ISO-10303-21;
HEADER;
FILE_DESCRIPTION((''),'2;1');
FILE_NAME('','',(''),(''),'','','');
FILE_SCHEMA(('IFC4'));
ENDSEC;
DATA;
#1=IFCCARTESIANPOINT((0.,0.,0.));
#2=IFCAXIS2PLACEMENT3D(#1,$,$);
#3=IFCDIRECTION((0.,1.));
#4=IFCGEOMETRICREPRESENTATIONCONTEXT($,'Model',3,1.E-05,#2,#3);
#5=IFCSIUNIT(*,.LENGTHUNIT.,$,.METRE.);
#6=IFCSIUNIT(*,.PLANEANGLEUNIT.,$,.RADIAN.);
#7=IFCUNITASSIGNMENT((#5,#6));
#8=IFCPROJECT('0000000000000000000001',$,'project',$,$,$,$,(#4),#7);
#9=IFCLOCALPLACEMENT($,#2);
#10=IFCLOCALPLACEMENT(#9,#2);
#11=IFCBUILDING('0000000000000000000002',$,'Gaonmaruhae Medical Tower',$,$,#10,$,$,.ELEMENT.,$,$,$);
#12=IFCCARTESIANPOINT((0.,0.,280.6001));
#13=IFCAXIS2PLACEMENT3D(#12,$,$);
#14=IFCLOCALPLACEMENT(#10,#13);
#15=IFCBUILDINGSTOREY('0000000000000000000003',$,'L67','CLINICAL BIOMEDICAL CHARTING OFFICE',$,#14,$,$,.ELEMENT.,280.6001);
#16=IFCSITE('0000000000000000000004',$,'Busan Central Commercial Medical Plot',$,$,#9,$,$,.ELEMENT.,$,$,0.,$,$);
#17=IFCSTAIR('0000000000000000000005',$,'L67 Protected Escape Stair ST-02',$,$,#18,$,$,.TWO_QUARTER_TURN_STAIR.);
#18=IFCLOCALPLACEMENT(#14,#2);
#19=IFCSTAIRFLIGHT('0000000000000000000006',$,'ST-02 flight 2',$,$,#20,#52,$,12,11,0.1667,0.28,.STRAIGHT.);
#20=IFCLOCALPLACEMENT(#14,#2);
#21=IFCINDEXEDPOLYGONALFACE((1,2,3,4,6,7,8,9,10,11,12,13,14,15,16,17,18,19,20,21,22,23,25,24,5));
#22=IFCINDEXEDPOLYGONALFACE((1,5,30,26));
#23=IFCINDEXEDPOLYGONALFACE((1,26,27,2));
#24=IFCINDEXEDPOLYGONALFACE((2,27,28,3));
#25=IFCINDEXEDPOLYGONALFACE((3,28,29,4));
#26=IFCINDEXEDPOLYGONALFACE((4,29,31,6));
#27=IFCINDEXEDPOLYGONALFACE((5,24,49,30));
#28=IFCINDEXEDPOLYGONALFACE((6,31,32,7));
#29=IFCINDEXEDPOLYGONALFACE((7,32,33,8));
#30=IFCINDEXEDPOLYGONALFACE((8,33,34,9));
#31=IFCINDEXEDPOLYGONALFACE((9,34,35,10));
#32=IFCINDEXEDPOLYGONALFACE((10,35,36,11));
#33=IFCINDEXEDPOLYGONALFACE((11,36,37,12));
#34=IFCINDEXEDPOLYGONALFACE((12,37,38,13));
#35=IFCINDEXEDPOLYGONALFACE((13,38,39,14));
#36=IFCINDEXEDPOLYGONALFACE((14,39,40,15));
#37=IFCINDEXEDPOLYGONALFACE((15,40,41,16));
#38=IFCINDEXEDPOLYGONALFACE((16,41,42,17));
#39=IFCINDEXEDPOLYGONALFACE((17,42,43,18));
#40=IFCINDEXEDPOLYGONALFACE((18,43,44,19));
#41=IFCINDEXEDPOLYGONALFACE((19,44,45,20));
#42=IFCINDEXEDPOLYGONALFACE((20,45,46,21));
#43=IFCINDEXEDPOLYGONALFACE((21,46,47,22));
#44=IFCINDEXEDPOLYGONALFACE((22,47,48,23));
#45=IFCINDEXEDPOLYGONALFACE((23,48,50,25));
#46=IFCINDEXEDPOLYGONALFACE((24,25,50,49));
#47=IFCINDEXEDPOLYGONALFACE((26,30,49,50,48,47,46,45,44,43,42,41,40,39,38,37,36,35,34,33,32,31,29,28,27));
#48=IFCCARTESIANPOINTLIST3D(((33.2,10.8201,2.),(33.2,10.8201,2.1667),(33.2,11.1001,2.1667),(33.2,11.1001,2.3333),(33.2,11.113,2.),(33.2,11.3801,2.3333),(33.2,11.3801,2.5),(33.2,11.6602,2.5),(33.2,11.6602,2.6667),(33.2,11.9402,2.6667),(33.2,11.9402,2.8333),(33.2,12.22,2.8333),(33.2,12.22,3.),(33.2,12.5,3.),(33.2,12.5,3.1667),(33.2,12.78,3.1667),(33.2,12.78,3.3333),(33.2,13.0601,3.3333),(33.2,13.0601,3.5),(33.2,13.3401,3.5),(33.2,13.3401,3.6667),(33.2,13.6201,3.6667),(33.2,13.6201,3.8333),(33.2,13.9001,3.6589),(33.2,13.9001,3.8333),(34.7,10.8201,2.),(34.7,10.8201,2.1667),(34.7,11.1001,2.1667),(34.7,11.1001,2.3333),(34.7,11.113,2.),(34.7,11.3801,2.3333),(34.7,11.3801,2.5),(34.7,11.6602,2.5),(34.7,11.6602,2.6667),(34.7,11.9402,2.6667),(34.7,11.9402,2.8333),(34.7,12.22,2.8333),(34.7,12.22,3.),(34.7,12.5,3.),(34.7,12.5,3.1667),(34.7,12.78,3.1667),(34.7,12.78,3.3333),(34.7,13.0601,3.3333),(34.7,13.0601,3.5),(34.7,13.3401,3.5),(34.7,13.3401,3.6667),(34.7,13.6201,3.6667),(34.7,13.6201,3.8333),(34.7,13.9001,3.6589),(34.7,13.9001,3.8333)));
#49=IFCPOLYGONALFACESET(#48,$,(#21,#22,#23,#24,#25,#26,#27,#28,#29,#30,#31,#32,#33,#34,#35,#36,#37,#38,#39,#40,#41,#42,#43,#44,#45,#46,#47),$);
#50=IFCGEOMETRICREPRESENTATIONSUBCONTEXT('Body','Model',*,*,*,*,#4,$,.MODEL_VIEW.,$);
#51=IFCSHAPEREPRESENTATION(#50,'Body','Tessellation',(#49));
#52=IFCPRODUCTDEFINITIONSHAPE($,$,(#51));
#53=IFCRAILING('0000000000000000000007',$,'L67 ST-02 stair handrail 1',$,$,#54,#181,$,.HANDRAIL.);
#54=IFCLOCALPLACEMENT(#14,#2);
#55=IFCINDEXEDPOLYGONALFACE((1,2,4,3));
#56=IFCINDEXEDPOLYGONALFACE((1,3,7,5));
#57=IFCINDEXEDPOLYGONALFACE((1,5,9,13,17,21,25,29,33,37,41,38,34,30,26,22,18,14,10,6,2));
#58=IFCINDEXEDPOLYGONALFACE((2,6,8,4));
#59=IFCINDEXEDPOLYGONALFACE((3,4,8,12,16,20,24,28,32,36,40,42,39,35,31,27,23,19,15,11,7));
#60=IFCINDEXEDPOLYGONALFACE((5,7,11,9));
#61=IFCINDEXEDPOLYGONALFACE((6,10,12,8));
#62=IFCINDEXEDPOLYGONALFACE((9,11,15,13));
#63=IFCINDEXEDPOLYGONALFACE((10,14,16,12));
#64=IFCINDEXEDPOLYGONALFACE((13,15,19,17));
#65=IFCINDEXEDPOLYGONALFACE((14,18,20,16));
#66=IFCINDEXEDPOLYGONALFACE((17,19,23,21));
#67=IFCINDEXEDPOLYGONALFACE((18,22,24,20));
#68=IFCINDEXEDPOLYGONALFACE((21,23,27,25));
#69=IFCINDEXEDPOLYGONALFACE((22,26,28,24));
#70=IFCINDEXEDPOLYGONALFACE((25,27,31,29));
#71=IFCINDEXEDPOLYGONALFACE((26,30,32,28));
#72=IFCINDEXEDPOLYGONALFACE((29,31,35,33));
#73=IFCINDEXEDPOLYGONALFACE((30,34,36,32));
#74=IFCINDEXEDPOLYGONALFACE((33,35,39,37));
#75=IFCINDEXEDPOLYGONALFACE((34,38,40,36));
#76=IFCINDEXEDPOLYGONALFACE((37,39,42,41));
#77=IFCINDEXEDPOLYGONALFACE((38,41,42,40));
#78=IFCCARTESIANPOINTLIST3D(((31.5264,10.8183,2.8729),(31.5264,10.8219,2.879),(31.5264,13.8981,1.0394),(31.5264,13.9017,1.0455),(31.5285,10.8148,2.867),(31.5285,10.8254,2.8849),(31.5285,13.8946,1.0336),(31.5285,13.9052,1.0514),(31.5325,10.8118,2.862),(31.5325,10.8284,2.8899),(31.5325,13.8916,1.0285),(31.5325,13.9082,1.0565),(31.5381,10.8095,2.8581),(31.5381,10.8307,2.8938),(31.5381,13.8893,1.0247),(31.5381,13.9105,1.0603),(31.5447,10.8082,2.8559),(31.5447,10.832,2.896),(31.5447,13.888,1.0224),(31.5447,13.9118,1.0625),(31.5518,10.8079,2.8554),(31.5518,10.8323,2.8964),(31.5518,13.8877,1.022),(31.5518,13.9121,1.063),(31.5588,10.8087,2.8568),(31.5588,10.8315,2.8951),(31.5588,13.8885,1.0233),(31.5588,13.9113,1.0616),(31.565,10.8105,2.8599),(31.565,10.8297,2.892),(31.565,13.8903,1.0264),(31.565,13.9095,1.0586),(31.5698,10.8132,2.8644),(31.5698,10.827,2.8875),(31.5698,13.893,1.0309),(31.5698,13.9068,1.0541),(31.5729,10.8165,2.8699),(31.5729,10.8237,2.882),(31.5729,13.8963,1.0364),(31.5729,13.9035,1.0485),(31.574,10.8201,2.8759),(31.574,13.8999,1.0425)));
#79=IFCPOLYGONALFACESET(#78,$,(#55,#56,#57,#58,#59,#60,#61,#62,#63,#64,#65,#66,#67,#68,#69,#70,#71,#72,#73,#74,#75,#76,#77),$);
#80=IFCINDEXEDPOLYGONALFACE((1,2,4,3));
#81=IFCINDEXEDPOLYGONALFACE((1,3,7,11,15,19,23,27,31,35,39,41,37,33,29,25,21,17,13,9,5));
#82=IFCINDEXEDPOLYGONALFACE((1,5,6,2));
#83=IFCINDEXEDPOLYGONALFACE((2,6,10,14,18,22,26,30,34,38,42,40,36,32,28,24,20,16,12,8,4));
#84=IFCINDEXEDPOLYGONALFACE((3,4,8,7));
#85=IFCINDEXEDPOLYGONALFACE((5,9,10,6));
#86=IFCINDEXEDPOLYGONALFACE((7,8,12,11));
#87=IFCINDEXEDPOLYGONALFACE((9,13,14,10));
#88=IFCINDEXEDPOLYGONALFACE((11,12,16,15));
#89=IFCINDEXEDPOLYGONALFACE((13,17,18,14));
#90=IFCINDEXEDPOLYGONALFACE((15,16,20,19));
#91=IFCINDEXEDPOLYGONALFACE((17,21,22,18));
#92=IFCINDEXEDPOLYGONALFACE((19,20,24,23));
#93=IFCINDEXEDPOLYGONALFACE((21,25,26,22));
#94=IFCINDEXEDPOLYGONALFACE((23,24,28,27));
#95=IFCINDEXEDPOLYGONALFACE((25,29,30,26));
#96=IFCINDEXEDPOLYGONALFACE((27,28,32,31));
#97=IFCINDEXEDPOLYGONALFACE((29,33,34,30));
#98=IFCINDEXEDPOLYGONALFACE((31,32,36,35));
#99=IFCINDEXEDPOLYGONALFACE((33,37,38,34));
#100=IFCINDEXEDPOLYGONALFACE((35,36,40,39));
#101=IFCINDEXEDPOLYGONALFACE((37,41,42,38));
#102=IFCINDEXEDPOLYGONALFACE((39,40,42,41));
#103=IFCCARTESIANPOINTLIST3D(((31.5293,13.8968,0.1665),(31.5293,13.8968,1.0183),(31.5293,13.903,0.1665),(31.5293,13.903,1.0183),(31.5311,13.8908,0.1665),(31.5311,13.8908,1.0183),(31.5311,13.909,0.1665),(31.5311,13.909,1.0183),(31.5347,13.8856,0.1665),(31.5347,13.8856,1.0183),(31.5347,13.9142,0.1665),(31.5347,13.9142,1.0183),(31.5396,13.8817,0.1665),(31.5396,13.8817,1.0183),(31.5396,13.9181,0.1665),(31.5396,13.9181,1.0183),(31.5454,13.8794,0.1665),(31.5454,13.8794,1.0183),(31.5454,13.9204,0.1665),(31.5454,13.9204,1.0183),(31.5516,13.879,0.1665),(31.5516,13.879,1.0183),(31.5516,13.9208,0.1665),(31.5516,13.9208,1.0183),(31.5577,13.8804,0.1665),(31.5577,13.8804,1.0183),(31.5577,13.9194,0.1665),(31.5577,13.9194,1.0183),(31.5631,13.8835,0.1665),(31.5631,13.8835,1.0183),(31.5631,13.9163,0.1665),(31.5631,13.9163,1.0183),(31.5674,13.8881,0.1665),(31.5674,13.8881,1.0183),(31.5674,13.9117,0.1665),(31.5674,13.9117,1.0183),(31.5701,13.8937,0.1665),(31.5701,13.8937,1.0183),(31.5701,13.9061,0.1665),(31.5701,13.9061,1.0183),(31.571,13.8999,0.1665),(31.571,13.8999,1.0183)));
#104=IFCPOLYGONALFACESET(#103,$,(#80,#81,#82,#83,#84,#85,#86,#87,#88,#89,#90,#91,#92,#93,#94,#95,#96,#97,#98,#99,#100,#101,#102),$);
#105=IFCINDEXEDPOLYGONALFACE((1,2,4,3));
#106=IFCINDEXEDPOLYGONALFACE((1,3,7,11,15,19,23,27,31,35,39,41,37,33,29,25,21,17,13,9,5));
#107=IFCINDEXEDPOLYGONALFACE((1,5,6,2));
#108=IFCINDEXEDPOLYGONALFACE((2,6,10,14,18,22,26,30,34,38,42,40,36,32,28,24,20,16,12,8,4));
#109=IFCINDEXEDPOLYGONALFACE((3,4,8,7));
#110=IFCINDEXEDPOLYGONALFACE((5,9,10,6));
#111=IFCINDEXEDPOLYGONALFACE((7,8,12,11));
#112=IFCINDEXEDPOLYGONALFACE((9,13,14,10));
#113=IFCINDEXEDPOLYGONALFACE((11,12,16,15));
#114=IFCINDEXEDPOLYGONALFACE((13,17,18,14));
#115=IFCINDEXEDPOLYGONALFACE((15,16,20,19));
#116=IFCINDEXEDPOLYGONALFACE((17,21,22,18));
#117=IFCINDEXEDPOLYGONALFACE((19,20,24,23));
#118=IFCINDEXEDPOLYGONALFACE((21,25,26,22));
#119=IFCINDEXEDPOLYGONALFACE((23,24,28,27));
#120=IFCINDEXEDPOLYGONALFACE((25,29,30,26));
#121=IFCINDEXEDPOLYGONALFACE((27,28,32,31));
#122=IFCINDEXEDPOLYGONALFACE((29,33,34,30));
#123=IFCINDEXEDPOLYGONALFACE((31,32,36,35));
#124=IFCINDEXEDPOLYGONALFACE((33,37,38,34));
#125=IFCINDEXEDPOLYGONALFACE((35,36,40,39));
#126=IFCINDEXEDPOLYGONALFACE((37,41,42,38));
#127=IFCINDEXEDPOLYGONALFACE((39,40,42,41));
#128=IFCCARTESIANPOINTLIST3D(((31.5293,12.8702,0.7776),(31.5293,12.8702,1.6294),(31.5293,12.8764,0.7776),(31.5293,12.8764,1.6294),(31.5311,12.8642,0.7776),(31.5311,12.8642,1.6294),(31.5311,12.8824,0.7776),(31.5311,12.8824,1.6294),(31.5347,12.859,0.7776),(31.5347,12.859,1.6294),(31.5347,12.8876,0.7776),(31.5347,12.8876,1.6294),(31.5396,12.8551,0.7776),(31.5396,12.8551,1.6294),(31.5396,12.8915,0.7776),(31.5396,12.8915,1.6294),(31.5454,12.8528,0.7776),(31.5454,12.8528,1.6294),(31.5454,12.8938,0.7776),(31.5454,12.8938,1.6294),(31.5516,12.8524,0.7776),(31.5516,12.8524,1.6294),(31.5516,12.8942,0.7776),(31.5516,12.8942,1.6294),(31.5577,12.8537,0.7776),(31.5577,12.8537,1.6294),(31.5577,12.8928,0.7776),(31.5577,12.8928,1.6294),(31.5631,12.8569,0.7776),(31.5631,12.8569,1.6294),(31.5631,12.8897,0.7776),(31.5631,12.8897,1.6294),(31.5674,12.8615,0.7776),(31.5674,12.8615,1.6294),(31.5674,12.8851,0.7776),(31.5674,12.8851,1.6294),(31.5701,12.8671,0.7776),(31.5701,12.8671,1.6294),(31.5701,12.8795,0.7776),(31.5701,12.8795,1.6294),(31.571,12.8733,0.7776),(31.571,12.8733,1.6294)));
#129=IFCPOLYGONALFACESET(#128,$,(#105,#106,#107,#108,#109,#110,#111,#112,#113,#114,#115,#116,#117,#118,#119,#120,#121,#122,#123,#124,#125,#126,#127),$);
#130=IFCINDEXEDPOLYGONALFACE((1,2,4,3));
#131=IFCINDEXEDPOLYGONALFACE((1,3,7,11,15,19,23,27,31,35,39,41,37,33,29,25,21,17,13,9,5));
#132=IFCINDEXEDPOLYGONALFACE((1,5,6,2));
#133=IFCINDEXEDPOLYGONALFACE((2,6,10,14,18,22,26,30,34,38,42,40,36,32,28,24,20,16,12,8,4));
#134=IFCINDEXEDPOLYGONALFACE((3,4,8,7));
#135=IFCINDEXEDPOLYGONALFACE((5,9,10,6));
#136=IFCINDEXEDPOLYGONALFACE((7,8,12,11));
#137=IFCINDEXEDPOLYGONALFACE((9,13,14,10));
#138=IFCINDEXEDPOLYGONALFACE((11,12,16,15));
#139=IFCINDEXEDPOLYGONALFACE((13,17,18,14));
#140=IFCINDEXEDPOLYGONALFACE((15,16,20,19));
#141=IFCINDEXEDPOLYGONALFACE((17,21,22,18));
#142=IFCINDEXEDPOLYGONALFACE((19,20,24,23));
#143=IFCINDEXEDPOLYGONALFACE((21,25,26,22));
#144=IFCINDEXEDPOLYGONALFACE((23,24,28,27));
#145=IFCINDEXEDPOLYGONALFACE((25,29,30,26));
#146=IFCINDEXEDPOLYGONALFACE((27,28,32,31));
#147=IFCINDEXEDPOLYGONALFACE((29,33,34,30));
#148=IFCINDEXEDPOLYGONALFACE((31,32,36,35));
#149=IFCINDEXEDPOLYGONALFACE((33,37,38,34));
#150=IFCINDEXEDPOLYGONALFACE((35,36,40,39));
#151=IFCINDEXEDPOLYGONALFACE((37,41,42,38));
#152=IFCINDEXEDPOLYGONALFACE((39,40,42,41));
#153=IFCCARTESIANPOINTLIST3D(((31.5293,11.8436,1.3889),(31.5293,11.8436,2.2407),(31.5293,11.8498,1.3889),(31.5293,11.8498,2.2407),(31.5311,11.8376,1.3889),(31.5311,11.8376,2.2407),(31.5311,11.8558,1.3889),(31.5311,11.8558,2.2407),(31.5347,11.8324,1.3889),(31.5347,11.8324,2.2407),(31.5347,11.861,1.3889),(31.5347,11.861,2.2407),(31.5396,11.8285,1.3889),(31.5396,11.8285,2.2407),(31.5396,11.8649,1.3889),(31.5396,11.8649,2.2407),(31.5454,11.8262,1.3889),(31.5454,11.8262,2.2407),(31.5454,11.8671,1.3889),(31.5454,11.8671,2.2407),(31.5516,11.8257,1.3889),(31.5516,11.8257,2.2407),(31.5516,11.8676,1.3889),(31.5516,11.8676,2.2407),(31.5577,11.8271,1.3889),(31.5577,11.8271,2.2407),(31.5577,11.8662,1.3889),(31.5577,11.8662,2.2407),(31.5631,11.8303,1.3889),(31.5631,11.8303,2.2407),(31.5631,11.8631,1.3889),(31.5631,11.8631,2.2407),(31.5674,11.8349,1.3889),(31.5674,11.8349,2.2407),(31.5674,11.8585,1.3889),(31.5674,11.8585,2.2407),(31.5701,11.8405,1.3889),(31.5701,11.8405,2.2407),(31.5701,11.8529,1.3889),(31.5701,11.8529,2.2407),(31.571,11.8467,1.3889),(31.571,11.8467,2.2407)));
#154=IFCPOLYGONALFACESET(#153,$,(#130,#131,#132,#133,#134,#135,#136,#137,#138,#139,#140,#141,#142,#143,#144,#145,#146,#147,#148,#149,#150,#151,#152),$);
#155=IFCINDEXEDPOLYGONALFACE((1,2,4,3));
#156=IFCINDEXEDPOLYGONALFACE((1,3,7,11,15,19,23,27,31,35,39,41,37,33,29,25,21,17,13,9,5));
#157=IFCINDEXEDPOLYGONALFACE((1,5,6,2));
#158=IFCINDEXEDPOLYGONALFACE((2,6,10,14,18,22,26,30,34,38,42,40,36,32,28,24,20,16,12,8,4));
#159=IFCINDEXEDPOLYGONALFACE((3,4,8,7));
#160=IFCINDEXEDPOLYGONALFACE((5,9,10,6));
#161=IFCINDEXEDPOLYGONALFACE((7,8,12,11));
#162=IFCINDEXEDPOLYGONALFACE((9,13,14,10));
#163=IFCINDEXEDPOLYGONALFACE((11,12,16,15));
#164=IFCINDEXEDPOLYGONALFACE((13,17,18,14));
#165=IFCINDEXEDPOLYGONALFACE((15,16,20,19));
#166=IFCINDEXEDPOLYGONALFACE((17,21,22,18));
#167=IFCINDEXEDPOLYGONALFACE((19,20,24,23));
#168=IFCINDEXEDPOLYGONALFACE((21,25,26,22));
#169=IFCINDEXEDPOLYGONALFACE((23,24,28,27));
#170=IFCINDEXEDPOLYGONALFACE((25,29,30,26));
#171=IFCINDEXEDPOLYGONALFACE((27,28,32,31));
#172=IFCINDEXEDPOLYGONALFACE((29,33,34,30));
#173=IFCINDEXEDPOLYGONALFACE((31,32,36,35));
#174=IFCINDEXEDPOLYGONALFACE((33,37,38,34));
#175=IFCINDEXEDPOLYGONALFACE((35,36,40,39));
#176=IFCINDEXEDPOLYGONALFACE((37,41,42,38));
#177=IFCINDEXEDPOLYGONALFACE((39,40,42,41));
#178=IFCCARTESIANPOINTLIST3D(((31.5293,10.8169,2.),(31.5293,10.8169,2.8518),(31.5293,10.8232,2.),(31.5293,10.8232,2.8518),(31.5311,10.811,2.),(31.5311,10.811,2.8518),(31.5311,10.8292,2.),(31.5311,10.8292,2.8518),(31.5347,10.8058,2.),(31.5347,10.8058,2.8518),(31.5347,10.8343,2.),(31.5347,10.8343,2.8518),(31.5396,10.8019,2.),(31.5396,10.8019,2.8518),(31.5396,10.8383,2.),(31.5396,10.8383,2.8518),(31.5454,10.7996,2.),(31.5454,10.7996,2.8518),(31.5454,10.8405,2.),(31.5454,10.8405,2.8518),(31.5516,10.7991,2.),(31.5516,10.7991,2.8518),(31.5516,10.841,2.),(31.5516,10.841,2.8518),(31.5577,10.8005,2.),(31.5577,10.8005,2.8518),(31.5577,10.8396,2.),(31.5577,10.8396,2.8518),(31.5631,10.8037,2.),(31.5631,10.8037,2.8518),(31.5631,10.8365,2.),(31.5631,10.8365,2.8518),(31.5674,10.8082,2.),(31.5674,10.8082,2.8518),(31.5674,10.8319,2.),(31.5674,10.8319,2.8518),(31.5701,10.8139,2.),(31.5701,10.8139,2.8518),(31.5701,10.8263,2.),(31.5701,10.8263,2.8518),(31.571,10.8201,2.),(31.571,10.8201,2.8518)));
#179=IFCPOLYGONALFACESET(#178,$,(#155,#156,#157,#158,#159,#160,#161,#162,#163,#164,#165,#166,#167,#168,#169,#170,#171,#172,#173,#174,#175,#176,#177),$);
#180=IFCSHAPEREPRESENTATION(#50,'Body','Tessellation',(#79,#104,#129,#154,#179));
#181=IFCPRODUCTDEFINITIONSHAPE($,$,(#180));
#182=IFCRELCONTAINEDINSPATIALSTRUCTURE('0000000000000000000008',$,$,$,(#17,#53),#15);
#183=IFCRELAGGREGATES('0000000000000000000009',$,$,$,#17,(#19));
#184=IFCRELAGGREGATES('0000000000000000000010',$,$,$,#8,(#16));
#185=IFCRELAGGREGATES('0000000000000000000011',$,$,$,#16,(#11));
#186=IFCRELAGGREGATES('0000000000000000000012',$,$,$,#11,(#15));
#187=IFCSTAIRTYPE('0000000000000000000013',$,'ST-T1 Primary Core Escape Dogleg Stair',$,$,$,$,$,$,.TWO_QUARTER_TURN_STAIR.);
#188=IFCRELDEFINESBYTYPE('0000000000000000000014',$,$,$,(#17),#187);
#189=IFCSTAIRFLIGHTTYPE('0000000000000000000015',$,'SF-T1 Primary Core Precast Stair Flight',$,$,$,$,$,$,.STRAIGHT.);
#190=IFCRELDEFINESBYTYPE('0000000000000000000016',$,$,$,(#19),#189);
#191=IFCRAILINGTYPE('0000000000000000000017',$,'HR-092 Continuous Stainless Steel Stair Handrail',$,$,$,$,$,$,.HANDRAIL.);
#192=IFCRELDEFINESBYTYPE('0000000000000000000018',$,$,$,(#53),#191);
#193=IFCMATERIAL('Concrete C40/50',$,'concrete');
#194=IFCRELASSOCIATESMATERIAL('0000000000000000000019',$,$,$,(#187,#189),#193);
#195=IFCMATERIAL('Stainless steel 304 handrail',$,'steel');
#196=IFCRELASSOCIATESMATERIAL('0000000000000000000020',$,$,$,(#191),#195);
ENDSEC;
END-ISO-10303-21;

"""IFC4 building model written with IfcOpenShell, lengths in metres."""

from ifc_helpers import new_model, si_unit, direction, frame, origin, origin_2d, place, context, subcontext, project, spatial, polyline, circle, outline, extrude, material, type_object, element, aggregate, save


model = new_model("IFC4")

# Units and contexts
model_context = context("Model", 3, precision=1e-05, world=origin(), true_north=direction((0.0, 1.0)))
body_context = subcontext(model_context, "Body", "Model", "MODEL_VIEW")
ifc_project = project(units=[si_unit("LENGTHUNIT", "METRE"), si_unit("PLANEANGLEUNIT", "RADIAN")], contexts=[model_context])

# Site, building, storey
site_placement = place(None, origin())
site = spatial("IfcSite", under=ifc_project, at=site_placement, Name="Busan Central Commercial Medical Plot", CompositionType="ELEMENT", RefElevation=0.0)
building_placement = place(site_placement, origin())
building = spatial("IfcBuilding", under=site, at=building_placement, Name="Gaonmaruhae Medical Tower", CompositionType="ELEMENT")
storey_placement = place(building_placement, frame((0.0, 0.0, 280.6001)))
storey = spatial("IfcBuildingStorey", under=building, at=storey_placement, Name="L67", Description="CLINICAL BIOMEDICAL CHARTING OFFICE", CompositionType="ELEMENT", Elevation=280.6001)

# Stair, stair flight
ifc_material_1 = material(Name="Concrete C40/50", Category="concrete")
stair_type = type_object("IfcStairType", Name="ST-T1 Primary Core Escape Dogleg Stair", PredefinedType="TWO_QUARTER_TURN_STAIR", material=ifc_material_1)
stair_placement = place(storey_placement, origin())
stair = element("IfcStair", 1, at=stair_placement, inside=storey, type_object=stair_type, Name="L67 Protected Escape Stair ST-02", PredefinedType="TWO_QUARTER_TURN_STAIR")
stair_flight_type = type_object("IfcStairFlightType", Name="SF-T1 Primary Core Precast Stair Flight", PredefinedType="STRAIGHT", material=ifc_material_1)
stair_flight_1_placement = place(storey_placement, frame((33.95, 10.8201, 2.0), z_axis=(0.0, 0.0, 1.0), x_axis=(0.0, 1.0, 0.0)))
stair_flight_1 = element("IfcStairFlight", 2, at=stair_flight_1_placement, type_object=stair_flight_type, Name="ST-02 flight 2", NumberOfRisers=12, NumberOfTreads=11, PredefinedType="STRAIGHT", RiserHeight=0.1667, TreadLength=0.28, context=body_context, shape_type="SweptSolid", body=[
    extrude(outline(polyline([(0.0, 0.0), (0.0, 0.1667), (0.28, 0.1667), (0.28, 0.3333), (0.5601, 0.3333), (0.5601, 0.5), (0.8401, 0.5), (0.8401, 0.6667), (1.1201, 0.6667), (1.1201, 0.8333), (1.3999, 0.8333), (1.3999, 1.0), (1.6799, 1.0), (1.6799, 1.1667), (1.96, 1.1667), (1.96, 1.3333), (2.24, 1.3333), (2.24, 1.5), (2.52, 1.5), (2.52, 1.6667), (2.8, 1.6667), (2.8, 1.8333), (3.0801, 1.8333), (3.0801, 2.0), (3.0801, 1.6589), (0.293, 0.0), (0.0, 0.0)])), frame((0.0, 0.75, 0.0), z_axis=(0.0, -1.0, 0.0), x_axis=(1.0, 0.0, 0.0)), (0.0, 0.0, 1.0), 1.5),
])
aggregate(stair, [stair_flight_1])

# Railing
ifc_material_2 = material(Name="Stainless steel 304 handrail", Category="steel")
railing_type_1 = type_object("IfcRailingType", Name="HR-092 Continuous Stainless Steel Stair Handrail", PredefinedType="HANDRAIL", material=ifc_material_2)
railing_1_placement = place(storey_placement, frame((31.55, 13.8999, 0.1665)))
element("IfcRailing", 3, at=railing_1_placement, inside=storey, type_object=railing_type_1, Name="L67 ST-02 stair handrail 1", PredefinedType="HANDRAIL", context=body_context, shape_type="SweptSolid", body=[
    extrude(circle(Radius=0.0239, at=origin_2d()), frame((0.0, 0.0, 0.876), z_axis=(0.0, -0.859261, 0.511538), x_axis=(1.0, 0.0, 0.0)), (0.0, 0.0, 1.0), 3.5842),
    extrude(circle(Radius=0.021, at=origin_2d()), origin(), (0.0, 0.0, 1.0), 0.8518),
    extrude(circle(Radius=0.021, at=origin_2d()), frame((0.0, -1.0266, 0.6111)), (0.0, 0.0, 1.0), 0.8518),
    extrude(circle(Radius=0.021, at=origin_2d()), frame((0.0, -2.0532, 1.2224)), (0.0, 0.0, 1.0), 0.8518),
    extrude(circle(Radius=0.021, at=origin_2d()), frame((0.0, -3.0798, 1.8335)), (0.0, 0.0, 1.0), 0.8518),
])

save(model, "model.ifc")
